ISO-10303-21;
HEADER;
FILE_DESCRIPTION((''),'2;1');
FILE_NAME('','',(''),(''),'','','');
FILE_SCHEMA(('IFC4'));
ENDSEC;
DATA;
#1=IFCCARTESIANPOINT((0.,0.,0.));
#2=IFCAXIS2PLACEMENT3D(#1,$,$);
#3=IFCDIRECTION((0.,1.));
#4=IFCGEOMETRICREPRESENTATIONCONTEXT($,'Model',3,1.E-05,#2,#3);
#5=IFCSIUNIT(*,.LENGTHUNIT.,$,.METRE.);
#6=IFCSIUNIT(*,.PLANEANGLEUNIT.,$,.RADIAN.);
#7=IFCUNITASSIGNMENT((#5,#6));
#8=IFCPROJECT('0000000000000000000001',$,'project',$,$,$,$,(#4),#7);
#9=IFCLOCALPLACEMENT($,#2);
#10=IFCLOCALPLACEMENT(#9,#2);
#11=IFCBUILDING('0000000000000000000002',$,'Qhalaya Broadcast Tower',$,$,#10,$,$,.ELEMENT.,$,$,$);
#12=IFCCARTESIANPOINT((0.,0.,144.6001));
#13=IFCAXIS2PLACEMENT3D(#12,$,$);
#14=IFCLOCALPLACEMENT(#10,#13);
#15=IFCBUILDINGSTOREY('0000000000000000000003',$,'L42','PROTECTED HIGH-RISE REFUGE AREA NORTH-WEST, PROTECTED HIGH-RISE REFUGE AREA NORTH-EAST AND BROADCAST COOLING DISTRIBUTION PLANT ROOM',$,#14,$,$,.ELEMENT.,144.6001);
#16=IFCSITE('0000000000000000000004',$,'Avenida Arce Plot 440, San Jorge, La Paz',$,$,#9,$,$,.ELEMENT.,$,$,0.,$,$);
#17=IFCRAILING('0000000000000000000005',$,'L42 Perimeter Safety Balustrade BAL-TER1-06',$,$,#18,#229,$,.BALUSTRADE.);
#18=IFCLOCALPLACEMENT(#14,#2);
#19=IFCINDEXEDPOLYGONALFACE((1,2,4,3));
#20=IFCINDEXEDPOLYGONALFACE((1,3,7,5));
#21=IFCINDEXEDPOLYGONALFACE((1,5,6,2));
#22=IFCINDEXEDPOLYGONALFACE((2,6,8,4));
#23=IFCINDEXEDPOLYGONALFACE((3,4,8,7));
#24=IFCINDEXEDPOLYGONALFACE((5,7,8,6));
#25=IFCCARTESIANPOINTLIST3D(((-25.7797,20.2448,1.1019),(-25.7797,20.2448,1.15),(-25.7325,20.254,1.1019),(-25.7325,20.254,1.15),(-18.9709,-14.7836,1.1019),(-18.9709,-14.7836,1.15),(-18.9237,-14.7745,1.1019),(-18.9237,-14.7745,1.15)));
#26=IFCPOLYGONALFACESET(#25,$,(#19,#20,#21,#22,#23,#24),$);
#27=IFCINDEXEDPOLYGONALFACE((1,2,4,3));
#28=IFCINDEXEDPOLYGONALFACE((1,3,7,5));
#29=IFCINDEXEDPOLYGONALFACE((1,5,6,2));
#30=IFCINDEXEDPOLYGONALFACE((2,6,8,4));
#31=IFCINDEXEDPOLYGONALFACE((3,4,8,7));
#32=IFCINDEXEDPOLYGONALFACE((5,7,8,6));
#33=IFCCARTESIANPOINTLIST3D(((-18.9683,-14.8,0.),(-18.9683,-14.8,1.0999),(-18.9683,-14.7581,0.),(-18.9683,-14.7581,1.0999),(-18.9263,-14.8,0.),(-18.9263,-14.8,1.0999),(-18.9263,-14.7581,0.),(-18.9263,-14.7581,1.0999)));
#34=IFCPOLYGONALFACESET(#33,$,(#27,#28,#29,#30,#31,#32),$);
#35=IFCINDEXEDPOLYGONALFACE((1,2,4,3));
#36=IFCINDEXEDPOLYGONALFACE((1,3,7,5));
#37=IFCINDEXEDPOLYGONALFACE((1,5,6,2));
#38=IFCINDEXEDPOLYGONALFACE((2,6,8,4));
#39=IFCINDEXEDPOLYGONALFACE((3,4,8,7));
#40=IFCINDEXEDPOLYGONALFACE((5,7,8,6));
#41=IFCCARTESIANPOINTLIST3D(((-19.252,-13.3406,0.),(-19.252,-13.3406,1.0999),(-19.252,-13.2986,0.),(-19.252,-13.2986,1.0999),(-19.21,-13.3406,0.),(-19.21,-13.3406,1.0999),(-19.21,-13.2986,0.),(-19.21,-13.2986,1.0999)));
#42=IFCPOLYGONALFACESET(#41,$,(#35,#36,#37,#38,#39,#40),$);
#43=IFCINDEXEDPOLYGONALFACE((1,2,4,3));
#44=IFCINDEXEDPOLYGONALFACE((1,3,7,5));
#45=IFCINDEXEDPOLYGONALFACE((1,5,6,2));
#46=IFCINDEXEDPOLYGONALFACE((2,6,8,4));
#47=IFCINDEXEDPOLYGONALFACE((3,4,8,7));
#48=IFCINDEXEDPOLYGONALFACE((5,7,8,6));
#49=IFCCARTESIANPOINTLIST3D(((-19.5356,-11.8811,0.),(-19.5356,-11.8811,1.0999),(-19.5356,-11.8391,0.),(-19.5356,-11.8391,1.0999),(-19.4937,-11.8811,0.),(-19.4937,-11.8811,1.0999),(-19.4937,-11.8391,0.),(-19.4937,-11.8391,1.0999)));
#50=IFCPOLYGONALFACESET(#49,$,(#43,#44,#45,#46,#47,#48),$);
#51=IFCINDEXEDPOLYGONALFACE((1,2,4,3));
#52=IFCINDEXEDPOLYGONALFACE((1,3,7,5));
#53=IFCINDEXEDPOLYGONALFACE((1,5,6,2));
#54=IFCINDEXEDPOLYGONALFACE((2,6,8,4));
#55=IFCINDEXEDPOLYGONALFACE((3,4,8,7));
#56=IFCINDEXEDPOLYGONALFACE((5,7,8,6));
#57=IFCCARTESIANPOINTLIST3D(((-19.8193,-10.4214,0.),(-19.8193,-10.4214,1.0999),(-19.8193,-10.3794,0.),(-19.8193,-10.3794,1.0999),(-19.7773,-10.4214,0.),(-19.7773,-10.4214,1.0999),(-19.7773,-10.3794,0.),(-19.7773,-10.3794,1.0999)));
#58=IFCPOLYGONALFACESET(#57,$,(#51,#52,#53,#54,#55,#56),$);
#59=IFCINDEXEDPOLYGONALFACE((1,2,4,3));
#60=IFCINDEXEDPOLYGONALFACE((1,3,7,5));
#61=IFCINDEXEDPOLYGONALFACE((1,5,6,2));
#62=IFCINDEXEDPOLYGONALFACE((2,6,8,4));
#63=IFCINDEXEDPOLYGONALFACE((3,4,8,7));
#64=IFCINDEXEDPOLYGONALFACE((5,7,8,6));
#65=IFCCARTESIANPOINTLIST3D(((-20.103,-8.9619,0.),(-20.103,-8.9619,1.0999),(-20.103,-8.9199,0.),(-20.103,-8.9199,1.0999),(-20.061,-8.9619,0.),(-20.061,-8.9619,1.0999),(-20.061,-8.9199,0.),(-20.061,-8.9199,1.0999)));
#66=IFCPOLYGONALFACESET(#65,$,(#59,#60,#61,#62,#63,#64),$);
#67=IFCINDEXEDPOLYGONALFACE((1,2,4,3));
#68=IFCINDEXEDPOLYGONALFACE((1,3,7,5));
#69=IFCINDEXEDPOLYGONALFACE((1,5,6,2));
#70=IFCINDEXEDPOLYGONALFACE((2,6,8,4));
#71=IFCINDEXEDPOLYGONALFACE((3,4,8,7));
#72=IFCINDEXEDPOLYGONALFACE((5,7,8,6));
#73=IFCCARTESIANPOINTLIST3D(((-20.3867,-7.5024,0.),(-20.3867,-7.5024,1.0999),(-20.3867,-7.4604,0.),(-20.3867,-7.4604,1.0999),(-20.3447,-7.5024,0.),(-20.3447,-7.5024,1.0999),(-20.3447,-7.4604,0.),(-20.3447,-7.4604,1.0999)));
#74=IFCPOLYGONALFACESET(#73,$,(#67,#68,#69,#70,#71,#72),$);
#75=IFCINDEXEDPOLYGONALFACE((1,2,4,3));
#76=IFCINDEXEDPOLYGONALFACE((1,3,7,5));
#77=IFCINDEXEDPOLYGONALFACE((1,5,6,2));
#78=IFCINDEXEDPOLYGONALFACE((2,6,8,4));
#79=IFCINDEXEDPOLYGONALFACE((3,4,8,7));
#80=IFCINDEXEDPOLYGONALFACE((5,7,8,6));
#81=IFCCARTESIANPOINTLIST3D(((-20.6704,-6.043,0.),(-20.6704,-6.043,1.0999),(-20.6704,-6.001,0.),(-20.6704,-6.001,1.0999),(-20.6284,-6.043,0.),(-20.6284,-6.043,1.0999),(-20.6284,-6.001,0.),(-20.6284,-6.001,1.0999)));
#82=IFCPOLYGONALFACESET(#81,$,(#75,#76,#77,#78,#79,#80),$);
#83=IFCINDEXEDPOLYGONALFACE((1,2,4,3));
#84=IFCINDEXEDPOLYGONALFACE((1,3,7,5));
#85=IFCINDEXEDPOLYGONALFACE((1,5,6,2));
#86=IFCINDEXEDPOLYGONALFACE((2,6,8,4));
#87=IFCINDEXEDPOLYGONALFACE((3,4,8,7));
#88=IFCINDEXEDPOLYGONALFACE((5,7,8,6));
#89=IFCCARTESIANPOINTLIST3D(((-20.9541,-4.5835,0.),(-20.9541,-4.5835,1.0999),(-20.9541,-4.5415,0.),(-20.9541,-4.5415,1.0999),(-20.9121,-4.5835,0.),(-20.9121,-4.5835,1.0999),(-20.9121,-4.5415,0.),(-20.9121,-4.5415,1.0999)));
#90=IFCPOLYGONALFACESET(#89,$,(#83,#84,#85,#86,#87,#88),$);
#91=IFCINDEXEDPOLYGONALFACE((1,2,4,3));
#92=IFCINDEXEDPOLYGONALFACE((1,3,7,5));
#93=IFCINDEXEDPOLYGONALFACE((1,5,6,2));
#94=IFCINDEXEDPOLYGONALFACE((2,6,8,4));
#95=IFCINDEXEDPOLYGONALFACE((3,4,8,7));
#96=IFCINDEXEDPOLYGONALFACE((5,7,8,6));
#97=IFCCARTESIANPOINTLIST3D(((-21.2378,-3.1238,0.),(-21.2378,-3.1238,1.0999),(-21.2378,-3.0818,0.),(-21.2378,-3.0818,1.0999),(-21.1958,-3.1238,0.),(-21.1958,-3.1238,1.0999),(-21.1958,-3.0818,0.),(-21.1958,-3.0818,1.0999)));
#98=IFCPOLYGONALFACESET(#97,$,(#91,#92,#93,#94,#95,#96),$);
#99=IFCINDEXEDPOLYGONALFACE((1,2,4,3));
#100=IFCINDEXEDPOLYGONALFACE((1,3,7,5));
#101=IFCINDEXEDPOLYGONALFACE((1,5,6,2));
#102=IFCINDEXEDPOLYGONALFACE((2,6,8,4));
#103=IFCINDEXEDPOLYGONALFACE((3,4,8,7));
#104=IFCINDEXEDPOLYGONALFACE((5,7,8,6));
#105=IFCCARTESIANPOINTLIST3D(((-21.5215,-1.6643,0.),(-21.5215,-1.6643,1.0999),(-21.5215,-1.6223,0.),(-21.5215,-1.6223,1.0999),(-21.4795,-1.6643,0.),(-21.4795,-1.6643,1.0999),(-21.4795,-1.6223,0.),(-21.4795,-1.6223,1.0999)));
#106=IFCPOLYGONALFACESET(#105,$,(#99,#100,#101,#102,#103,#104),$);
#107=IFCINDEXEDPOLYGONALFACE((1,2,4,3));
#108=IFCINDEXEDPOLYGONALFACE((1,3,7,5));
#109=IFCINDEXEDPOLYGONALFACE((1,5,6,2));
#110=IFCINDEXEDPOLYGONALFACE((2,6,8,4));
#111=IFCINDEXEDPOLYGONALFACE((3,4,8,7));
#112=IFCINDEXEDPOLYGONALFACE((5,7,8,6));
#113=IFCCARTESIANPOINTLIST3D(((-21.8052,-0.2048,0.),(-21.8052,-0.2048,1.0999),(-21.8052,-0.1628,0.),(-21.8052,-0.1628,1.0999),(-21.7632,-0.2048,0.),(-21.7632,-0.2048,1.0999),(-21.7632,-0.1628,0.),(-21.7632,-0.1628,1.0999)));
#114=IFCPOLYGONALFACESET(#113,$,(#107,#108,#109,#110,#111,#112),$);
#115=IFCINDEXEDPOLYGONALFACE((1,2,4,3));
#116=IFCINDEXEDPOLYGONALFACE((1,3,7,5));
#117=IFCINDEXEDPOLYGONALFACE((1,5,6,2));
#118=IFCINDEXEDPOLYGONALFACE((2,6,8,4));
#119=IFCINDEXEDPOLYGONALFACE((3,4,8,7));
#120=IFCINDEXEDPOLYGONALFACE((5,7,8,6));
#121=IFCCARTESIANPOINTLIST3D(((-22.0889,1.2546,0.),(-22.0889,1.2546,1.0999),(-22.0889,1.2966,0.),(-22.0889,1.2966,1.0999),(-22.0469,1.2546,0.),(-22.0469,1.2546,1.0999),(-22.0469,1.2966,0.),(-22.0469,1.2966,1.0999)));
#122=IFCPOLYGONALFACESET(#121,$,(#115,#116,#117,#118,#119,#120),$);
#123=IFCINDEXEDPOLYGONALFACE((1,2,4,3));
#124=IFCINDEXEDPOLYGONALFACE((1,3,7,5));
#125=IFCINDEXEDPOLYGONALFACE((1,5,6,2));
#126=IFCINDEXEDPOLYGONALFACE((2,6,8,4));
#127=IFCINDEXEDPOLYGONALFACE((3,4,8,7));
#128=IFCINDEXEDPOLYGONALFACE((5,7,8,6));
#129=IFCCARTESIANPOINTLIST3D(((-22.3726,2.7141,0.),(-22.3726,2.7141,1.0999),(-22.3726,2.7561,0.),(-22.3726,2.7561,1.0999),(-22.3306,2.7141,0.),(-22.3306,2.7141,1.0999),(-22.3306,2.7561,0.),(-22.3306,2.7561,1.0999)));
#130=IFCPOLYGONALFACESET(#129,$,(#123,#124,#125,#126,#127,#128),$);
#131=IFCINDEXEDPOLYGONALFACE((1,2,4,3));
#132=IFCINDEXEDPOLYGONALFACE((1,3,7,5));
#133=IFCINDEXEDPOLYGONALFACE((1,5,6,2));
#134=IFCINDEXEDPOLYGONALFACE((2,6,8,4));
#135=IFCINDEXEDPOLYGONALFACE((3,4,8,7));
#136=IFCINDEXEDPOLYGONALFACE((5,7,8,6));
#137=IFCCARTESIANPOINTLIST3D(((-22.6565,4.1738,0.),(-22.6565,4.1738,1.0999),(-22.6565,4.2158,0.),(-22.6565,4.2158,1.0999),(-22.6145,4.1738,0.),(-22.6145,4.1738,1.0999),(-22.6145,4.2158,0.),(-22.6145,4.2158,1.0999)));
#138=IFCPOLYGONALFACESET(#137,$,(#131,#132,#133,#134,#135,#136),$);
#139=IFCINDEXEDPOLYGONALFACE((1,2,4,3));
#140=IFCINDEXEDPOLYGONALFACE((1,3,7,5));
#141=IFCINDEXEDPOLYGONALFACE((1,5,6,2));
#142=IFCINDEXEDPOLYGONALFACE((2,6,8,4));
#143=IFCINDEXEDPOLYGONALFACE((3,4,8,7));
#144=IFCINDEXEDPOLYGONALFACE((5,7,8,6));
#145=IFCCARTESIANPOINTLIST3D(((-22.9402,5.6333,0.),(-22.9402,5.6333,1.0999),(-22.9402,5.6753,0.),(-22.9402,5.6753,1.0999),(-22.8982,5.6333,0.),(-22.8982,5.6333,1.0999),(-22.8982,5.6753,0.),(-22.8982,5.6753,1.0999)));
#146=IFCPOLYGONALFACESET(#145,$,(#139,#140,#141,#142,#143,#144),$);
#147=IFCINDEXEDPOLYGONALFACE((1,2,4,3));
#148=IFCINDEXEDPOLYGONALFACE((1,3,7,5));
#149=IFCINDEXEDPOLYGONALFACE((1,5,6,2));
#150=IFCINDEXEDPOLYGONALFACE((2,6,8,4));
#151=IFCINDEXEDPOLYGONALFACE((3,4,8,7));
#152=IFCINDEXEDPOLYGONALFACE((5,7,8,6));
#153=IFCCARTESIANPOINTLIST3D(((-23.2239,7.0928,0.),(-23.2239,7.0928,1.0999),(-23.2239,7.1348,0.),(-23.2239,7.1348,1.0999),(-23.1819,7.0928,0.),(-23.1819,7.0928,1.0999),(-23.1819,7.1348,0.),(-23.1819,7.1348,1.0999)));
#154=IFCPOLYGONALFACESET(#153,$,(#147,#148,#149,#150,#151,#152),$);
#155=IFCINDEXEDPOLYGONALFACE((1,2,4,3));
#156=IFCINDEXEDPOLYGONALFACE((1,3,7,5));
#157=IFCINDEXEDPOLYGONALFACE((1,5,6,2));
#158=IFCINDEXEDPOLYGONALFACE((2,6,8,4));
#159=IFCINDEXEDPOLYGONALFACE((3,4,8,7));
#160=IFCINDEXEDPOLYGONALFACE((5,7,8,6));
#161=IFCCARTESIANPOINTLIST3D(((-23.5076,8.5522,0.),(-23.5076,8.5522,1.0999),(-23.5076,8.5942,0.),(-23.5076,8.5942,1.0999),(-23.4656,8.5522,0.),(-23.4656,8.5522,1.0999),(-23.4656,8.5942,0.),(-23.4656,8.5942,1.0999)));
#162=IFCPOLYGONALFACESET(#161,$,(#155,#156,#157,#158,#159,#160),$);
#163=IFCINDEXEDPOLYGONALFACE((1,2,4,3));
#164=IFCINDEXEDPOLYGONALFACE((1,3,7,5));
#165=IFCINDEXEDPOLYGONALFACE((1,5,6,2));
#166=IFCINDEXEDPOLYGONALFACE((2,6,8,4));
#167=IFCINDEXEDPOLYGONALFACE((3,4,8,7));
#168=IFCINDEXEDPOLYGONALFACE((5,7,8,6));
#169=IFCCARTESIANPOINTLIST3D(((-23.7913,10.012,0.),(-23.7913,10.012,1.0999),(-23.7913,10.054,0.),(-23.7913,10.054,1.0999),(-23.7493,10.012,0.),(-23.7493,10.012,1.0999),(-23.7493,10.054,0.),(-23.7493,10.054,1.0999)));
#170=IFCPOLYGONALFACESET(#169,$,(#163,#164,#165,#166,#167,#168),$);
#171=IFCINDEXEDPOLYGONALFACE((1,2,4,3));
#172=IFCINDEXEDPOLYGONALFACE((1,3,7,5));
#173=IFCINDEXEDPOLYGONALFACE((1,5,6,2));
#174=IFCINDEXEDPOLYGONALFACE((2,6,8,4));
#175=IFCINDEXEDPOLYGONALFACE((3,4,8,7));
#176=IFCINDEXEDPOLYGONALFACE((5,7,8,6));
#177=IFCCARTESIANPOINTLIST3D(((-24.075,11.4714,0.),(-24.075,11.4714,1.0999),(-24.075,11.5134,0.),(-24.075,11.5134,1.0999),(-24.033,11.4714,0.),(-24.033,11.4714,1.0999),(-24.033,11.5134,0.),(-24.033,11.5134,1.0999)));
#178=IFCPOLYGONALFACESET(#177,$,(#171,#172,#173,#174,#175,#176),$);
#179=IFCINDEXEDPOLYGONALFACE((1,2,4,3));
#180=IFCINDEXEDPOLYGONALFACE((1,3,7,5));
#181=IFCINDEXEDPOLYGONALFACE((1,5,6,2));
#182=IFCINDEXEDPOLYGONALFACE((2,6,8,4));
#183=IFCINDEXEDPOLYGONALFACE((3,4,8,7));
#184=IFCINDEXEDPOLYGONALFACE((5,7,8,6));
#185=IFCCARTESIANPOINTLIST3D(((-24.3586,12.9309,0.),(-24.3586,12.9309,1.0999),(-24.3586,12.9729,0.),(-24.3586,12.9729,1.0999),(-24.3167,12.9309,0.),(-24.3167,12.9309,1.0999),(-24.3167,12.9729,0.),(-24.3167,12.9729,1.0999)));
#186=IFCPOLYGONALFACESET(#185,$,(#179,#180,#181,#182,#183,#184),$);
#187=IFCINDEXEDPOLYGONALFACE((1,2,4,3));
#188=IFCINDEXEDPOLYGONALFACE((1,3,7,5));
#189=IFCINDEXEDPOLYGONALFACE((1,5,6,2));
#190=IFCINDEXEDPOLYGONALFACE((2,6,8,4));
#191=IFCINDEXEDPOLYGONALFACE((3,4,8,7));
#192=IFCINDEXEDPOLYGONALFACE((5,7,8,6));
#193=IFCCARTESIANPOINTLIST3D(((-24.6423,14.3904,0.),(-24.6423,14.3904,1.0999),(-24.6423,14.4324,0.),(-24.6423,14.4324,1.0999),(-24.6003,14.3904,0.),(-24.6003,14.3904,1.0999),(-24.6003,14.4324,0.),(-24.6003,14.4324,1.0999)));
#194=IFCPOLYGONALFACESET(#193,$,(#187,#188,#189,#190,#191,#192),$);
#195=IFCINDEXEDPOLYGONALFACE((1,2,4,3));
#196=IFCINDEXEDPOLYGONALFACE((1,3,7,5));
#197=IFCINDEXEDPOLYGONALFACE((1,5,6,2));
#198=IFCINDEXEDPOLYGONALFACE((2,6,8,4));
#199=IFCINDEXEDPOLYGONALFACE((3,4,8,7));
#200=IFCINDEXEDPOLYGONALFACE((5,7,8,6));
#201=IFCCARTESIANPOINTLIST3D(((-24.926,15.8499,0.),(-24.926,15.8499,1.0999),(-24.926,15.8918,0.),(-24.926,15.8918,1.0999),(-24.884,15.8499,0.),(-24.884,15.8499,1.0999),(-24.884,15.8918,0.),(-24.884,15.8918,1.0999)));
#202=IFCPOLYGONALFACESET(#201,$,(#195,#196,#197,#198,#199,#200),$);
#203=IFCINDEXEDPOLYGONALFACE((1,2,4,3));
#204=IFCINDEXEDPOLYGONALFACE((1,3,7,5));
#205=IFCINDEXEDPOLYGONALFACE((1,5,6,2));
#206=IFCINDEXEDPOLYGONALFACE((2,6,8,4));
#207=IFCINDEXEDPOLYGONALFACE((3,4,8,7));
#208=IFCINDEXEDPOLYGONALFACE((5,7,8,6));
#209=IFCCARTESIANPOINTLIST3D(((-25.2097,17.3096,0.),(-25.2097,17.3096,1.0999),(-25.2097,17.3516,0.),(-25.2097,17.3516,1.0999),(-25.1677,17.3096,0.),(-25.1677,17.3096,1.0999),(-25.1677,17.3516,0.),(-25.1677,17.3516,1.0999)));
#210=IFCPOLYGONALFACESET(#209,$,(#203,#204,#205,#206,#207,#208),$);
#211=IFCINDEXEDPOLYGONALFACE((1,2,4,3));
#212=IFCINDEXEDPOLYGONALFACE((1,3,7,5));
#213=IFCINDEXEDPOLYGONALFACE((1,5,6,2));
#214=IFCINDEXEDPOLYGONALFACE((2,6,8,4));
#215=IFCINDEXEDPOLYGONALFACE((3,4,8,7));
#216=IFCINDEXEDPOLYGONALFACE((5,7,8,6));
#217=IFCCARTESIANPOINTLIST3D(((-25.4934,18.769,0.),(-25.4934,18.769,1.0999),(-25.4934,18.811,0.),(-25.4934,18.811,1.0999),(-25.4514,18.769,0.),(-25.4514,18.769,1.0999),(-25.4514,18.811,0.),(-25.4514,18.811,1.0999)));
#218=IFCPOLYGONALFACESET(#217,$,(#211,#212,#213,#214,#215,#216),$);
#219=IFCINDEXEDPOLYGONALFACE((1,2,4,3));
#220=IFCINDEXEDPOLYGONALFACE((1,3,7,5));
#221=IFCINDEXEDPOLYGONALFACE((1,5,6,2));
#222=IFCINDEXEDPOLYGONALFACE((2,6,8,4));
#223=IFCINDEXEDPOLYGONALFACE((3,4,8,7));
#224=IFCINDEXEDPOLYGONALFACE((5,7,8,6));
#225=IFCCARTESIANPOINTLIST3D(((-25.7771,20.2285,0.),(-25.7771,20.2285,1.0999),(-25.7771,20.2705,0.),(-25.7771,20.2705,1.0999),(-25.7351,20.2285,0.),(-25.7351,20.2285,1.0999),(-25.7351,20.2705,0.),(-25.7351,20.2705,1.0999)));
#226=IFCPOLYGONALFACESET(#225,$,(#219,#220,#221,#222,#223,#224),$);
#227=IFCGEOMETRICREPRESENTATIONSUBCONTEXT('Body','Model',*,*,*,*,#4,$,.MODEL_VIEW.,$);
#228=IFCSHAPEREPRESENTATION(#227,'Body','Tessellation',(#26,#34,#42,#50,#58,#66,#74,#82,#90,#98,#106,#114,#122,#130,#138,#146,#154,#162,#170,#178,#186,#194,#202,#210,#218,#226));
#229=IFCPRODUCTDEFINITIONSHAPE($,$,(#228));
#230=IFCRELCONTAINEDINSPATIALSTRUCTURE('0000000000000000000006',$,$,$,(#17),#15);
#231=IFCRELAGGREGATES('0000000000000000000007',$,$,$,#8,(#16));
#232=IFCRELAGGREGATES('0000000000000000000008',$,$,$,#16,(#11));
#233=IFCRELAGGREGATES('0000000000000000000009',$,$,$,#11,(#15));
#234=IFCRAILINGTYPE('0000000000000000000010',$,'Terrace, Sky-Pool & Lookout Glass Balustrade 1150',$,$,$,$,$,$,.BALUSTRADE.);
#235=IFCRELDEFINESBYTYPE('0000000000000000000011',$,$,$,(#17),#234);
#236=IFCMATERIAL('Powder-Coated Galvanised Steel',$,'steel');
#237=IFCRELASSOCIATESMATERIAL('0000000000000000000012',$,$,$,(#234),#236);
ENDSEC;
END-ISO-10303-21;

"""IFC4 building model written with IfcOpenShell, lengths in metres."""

from ifc_helpers import new_model, si_unit, direction, frame, origin, origin_2d, place, context, subcontext, project, spatial, rectangle, extrude, material, type_object, element, save


model = new_model("IFC4")

# Units and contexts
model_context = context("Model", 3, precision=1e-05, world=origin(), true_north=direction((0.0, 1.0)))
body_context = subcontext(model_context, "Body", "Model", "MODEL_VIEW")
ifc_project = project(units=[si_unit("LENGTHUNIT", "METRE"), si_unit("PLANEANGLEUNIT", "RADIAN")], contexts=[model_context])

# Site, building, storey
site_placement = place(None, origin())
site = spatial("IfcSite", under=ifc_project, at=site_placement, Name="Avenida Arce Plot 440, San Jorge, La Paz", CompositionType="ELEMENT", RefElevation=0.0)
building_placement = place(site_placement, origin())
building = spatial("IfcBuilding", under=site, at=building_placement, Name="Qhalaya Broadcast Tower", CompositionType="ELEMENT")
storey_placement = place(building_placement, frame((0.0, 0.0, 144.6001)))
storey = spatial("IfcBuildingStorey", under=building, at=storey_placement, Name="L42", Description="PROTECTED HIGH-RISE REFUGE AREA NORTH-WEST, PROTECTED HIGH-RISE REFUGE AREA NORTH-EAST AND BROADCAST COOLING DISTRIBUTION PLANT ROOM", CompositionType="ELEMENT", Elevation=144.6001)

# Railing
ifc_material_1 = material(Name="Powder-Coated Galvanised Steel", Category="steel")
railing_type = type_object("IfcRailingType", Name="Terrace, Sky-Pool & Lookout Glass Balustrade 1150", PredefinedType="BALUSTRADE", material=ifc_material_1)
railing_1_placement = place(storey_placement, frame((-18.9473, -14.7791, 0.0)))
element("IfcRailing", 1, at=railing_1_placement, inside=storey, type_object=railing_type, Name="L42 Perimeter Safety Balustrade BAL-TER1-06", PredefinedType="BALUSTRADE", context=body_context, shape_type="SweptSolid", body=[
    extrude(rectangle(XDim=0.0481, YDim=0.0481, at=origin_2d()), frame((0.0, 0.0, 1.126), z_axis=(-0.190808, 0.981627, 0.0), x_axis=(-0.981627, -0.190808, 0.0)), (0.0, 0.0, 1.0), 35.6841),
    extrude(rectangle(XDim=0.042, YDim=0.042, at=origin_2d()), origin(), (0.0, 0.0, 1.0), 1.0999),
    extrude(rectangle(XDim=0.042, YDim=0.042, at=origin_2d()), frame((-0.2837, 1.4595, 0.0)), (0.0, 0.0, 1.0), 1.0999),
    extrude(rectangle(XDim=0.042, YDim=0.042, at=origin_2d()), frame((-0.5674, 2.9189, 0.0)), (0.0, 0.0, 1.0), 1.0999),
    extrude(rectangle(XDim=0.042, YDim=0.042, at=origin_2d()), frame((-0.8511, 4.3787, 0.0)), (0.0, 0.0, 1.0), 1.0999),
    extrude(rectangle(XDim=0.042, YDim=0.042, at=origin_2d()), frame((-1.1348, 5.8381, 0.0)), (0.0, 0.0, 1.0), 1.0999),
    extrude(rectangle(XDim=0.042, YDim=0.042, at=origin_2d()), frame((-1.4185, 7.2976, 0.0)), (0.0, 0.0, 1.0), 1.0999),
    extrude(rectangle(XDim=0.042, YDim=0.042, at=origin_2d()), frame((-1.7021, 8.7571, 0.0)), (0.0, 0.0, 1.0), 1.0999),
    extrude(rectangle(XDim=0.042, YDim=0.042, at=origin_2d()), frame((-1.9858, 10.2166, 0.0)), (0.0, 0.0, 1.0), 1.0999),
    extrude(rectangle(XDim=0.042, YDim=0.042, at=origin_2d()), frame((-2.2695, 11.6763, 0.0)), (0.0, 0.0, 1.0), 1.0999),
    extrude(rectangle(XDim=0.042, YDim=0.042, at=origin_2d()), frame((-2.5532, 13.1357, 0.0)), (0.0, 0.0, 1.0), 1.0999),
    extrude(rectangle(XDim=0.042, YDim=0.042, at=origin_2d()), frame((-2.8369, 14.5952, 0.0)), (0.0, 0.0, 1.0), 1.0999),
    extrude(rectangle(XDim=0.042, YDim=0.042, at=origin_2d()), frame((-3.1206, 16.0547, 0.0)), (0.0, 0.0, 1.0), 1.0999),
    extrude(rectangle(XDim=0.042, YDim=0.042, at=origin_2d()), frame((-3.4043, 17.5142, 0.0)), (0.0, 0.0, 1.0), 1.0999),
    extrude(rectangle(XDim=0.042, YDim=0.042, at=origin_2d()), frame((-3.6882, 18.9739, 0.0)), (0.0, 0.0, 1.0), 1.0999),
    extrude(rectangle(XDim=0.042, YDim=0.042, at=origin_2d()), frame((-3.9719, 20.4333, 0.0)), (0.0, 0.0, 1.0), 1.0999),
    extrude(rectangle(XDim=0.042, YDim=0.042, at=origin_2d()), frame((-4.2556, 21.8928, 0.0)), (0.0, 0.0, 1.0), 1.0999),
    extrude(rectangle(XDim=0.042, YDim=0.042, at=origin_2d()), frame((-4.5393, 23.3523, 0.0)), (0.0, 0.0, 1.0), 1.0999),
    extrude(rectangle(XDim=0.042, YDim=0.042, at=origin_2d()), frame((-4.823, 24.812, 0.0)), (0.0, 0.0, 1.0), 1.0999),
    extrude(rectangle(XDim=0.042, YDim=0.042, at=origin_2d()), frame((-5.1067, 26.2715, 0.0)), (0.0, 0.0, 1.0), 1.0999),
    extrude(rectangle(XDim=0.042, YDim=0.042, at=origin_2d()), frame((-5.3904, 27.731, 0.0)), (0.0, 0.0, 1.0), 1.0999),
    extrude(rectangle(XDim=0.042, YDim=0.042, at=origin_2d()), frame((-5.6741, 29.1904, 0.0)), (0.0, 0.0, 1.0), 1.0999),
    extrude(rectangle(XDim=0.042, YDim=0.042, at=origin_2d()), frame((-5.9578, 30.6499, 0.0)), (0.0, 0.0, 1.0), 1.0999),
    extrude(rectangle(XDim=0.042, YDim=0.042, at=origin_2d()), frame((-6.2415, 32.1096, 0.0)), (0.0, 0.0, 1.0), 1.0999),
    extrude(rectangle(XDim=0.042, YDim=0.042, at=origin_2d()), frame((-6.5251, 33.5691, 0.0)), (0.0, 0.0, 1.0), 1.0999),
    extrude(rectangle(XDim=0.042, YDim=0.042, at=origin_2d()), frame((-6.8088, 35.0286, 0.0)), (0.0, 0.0, 1.0), 1.0999),
])

save(model, "model.ifc")
